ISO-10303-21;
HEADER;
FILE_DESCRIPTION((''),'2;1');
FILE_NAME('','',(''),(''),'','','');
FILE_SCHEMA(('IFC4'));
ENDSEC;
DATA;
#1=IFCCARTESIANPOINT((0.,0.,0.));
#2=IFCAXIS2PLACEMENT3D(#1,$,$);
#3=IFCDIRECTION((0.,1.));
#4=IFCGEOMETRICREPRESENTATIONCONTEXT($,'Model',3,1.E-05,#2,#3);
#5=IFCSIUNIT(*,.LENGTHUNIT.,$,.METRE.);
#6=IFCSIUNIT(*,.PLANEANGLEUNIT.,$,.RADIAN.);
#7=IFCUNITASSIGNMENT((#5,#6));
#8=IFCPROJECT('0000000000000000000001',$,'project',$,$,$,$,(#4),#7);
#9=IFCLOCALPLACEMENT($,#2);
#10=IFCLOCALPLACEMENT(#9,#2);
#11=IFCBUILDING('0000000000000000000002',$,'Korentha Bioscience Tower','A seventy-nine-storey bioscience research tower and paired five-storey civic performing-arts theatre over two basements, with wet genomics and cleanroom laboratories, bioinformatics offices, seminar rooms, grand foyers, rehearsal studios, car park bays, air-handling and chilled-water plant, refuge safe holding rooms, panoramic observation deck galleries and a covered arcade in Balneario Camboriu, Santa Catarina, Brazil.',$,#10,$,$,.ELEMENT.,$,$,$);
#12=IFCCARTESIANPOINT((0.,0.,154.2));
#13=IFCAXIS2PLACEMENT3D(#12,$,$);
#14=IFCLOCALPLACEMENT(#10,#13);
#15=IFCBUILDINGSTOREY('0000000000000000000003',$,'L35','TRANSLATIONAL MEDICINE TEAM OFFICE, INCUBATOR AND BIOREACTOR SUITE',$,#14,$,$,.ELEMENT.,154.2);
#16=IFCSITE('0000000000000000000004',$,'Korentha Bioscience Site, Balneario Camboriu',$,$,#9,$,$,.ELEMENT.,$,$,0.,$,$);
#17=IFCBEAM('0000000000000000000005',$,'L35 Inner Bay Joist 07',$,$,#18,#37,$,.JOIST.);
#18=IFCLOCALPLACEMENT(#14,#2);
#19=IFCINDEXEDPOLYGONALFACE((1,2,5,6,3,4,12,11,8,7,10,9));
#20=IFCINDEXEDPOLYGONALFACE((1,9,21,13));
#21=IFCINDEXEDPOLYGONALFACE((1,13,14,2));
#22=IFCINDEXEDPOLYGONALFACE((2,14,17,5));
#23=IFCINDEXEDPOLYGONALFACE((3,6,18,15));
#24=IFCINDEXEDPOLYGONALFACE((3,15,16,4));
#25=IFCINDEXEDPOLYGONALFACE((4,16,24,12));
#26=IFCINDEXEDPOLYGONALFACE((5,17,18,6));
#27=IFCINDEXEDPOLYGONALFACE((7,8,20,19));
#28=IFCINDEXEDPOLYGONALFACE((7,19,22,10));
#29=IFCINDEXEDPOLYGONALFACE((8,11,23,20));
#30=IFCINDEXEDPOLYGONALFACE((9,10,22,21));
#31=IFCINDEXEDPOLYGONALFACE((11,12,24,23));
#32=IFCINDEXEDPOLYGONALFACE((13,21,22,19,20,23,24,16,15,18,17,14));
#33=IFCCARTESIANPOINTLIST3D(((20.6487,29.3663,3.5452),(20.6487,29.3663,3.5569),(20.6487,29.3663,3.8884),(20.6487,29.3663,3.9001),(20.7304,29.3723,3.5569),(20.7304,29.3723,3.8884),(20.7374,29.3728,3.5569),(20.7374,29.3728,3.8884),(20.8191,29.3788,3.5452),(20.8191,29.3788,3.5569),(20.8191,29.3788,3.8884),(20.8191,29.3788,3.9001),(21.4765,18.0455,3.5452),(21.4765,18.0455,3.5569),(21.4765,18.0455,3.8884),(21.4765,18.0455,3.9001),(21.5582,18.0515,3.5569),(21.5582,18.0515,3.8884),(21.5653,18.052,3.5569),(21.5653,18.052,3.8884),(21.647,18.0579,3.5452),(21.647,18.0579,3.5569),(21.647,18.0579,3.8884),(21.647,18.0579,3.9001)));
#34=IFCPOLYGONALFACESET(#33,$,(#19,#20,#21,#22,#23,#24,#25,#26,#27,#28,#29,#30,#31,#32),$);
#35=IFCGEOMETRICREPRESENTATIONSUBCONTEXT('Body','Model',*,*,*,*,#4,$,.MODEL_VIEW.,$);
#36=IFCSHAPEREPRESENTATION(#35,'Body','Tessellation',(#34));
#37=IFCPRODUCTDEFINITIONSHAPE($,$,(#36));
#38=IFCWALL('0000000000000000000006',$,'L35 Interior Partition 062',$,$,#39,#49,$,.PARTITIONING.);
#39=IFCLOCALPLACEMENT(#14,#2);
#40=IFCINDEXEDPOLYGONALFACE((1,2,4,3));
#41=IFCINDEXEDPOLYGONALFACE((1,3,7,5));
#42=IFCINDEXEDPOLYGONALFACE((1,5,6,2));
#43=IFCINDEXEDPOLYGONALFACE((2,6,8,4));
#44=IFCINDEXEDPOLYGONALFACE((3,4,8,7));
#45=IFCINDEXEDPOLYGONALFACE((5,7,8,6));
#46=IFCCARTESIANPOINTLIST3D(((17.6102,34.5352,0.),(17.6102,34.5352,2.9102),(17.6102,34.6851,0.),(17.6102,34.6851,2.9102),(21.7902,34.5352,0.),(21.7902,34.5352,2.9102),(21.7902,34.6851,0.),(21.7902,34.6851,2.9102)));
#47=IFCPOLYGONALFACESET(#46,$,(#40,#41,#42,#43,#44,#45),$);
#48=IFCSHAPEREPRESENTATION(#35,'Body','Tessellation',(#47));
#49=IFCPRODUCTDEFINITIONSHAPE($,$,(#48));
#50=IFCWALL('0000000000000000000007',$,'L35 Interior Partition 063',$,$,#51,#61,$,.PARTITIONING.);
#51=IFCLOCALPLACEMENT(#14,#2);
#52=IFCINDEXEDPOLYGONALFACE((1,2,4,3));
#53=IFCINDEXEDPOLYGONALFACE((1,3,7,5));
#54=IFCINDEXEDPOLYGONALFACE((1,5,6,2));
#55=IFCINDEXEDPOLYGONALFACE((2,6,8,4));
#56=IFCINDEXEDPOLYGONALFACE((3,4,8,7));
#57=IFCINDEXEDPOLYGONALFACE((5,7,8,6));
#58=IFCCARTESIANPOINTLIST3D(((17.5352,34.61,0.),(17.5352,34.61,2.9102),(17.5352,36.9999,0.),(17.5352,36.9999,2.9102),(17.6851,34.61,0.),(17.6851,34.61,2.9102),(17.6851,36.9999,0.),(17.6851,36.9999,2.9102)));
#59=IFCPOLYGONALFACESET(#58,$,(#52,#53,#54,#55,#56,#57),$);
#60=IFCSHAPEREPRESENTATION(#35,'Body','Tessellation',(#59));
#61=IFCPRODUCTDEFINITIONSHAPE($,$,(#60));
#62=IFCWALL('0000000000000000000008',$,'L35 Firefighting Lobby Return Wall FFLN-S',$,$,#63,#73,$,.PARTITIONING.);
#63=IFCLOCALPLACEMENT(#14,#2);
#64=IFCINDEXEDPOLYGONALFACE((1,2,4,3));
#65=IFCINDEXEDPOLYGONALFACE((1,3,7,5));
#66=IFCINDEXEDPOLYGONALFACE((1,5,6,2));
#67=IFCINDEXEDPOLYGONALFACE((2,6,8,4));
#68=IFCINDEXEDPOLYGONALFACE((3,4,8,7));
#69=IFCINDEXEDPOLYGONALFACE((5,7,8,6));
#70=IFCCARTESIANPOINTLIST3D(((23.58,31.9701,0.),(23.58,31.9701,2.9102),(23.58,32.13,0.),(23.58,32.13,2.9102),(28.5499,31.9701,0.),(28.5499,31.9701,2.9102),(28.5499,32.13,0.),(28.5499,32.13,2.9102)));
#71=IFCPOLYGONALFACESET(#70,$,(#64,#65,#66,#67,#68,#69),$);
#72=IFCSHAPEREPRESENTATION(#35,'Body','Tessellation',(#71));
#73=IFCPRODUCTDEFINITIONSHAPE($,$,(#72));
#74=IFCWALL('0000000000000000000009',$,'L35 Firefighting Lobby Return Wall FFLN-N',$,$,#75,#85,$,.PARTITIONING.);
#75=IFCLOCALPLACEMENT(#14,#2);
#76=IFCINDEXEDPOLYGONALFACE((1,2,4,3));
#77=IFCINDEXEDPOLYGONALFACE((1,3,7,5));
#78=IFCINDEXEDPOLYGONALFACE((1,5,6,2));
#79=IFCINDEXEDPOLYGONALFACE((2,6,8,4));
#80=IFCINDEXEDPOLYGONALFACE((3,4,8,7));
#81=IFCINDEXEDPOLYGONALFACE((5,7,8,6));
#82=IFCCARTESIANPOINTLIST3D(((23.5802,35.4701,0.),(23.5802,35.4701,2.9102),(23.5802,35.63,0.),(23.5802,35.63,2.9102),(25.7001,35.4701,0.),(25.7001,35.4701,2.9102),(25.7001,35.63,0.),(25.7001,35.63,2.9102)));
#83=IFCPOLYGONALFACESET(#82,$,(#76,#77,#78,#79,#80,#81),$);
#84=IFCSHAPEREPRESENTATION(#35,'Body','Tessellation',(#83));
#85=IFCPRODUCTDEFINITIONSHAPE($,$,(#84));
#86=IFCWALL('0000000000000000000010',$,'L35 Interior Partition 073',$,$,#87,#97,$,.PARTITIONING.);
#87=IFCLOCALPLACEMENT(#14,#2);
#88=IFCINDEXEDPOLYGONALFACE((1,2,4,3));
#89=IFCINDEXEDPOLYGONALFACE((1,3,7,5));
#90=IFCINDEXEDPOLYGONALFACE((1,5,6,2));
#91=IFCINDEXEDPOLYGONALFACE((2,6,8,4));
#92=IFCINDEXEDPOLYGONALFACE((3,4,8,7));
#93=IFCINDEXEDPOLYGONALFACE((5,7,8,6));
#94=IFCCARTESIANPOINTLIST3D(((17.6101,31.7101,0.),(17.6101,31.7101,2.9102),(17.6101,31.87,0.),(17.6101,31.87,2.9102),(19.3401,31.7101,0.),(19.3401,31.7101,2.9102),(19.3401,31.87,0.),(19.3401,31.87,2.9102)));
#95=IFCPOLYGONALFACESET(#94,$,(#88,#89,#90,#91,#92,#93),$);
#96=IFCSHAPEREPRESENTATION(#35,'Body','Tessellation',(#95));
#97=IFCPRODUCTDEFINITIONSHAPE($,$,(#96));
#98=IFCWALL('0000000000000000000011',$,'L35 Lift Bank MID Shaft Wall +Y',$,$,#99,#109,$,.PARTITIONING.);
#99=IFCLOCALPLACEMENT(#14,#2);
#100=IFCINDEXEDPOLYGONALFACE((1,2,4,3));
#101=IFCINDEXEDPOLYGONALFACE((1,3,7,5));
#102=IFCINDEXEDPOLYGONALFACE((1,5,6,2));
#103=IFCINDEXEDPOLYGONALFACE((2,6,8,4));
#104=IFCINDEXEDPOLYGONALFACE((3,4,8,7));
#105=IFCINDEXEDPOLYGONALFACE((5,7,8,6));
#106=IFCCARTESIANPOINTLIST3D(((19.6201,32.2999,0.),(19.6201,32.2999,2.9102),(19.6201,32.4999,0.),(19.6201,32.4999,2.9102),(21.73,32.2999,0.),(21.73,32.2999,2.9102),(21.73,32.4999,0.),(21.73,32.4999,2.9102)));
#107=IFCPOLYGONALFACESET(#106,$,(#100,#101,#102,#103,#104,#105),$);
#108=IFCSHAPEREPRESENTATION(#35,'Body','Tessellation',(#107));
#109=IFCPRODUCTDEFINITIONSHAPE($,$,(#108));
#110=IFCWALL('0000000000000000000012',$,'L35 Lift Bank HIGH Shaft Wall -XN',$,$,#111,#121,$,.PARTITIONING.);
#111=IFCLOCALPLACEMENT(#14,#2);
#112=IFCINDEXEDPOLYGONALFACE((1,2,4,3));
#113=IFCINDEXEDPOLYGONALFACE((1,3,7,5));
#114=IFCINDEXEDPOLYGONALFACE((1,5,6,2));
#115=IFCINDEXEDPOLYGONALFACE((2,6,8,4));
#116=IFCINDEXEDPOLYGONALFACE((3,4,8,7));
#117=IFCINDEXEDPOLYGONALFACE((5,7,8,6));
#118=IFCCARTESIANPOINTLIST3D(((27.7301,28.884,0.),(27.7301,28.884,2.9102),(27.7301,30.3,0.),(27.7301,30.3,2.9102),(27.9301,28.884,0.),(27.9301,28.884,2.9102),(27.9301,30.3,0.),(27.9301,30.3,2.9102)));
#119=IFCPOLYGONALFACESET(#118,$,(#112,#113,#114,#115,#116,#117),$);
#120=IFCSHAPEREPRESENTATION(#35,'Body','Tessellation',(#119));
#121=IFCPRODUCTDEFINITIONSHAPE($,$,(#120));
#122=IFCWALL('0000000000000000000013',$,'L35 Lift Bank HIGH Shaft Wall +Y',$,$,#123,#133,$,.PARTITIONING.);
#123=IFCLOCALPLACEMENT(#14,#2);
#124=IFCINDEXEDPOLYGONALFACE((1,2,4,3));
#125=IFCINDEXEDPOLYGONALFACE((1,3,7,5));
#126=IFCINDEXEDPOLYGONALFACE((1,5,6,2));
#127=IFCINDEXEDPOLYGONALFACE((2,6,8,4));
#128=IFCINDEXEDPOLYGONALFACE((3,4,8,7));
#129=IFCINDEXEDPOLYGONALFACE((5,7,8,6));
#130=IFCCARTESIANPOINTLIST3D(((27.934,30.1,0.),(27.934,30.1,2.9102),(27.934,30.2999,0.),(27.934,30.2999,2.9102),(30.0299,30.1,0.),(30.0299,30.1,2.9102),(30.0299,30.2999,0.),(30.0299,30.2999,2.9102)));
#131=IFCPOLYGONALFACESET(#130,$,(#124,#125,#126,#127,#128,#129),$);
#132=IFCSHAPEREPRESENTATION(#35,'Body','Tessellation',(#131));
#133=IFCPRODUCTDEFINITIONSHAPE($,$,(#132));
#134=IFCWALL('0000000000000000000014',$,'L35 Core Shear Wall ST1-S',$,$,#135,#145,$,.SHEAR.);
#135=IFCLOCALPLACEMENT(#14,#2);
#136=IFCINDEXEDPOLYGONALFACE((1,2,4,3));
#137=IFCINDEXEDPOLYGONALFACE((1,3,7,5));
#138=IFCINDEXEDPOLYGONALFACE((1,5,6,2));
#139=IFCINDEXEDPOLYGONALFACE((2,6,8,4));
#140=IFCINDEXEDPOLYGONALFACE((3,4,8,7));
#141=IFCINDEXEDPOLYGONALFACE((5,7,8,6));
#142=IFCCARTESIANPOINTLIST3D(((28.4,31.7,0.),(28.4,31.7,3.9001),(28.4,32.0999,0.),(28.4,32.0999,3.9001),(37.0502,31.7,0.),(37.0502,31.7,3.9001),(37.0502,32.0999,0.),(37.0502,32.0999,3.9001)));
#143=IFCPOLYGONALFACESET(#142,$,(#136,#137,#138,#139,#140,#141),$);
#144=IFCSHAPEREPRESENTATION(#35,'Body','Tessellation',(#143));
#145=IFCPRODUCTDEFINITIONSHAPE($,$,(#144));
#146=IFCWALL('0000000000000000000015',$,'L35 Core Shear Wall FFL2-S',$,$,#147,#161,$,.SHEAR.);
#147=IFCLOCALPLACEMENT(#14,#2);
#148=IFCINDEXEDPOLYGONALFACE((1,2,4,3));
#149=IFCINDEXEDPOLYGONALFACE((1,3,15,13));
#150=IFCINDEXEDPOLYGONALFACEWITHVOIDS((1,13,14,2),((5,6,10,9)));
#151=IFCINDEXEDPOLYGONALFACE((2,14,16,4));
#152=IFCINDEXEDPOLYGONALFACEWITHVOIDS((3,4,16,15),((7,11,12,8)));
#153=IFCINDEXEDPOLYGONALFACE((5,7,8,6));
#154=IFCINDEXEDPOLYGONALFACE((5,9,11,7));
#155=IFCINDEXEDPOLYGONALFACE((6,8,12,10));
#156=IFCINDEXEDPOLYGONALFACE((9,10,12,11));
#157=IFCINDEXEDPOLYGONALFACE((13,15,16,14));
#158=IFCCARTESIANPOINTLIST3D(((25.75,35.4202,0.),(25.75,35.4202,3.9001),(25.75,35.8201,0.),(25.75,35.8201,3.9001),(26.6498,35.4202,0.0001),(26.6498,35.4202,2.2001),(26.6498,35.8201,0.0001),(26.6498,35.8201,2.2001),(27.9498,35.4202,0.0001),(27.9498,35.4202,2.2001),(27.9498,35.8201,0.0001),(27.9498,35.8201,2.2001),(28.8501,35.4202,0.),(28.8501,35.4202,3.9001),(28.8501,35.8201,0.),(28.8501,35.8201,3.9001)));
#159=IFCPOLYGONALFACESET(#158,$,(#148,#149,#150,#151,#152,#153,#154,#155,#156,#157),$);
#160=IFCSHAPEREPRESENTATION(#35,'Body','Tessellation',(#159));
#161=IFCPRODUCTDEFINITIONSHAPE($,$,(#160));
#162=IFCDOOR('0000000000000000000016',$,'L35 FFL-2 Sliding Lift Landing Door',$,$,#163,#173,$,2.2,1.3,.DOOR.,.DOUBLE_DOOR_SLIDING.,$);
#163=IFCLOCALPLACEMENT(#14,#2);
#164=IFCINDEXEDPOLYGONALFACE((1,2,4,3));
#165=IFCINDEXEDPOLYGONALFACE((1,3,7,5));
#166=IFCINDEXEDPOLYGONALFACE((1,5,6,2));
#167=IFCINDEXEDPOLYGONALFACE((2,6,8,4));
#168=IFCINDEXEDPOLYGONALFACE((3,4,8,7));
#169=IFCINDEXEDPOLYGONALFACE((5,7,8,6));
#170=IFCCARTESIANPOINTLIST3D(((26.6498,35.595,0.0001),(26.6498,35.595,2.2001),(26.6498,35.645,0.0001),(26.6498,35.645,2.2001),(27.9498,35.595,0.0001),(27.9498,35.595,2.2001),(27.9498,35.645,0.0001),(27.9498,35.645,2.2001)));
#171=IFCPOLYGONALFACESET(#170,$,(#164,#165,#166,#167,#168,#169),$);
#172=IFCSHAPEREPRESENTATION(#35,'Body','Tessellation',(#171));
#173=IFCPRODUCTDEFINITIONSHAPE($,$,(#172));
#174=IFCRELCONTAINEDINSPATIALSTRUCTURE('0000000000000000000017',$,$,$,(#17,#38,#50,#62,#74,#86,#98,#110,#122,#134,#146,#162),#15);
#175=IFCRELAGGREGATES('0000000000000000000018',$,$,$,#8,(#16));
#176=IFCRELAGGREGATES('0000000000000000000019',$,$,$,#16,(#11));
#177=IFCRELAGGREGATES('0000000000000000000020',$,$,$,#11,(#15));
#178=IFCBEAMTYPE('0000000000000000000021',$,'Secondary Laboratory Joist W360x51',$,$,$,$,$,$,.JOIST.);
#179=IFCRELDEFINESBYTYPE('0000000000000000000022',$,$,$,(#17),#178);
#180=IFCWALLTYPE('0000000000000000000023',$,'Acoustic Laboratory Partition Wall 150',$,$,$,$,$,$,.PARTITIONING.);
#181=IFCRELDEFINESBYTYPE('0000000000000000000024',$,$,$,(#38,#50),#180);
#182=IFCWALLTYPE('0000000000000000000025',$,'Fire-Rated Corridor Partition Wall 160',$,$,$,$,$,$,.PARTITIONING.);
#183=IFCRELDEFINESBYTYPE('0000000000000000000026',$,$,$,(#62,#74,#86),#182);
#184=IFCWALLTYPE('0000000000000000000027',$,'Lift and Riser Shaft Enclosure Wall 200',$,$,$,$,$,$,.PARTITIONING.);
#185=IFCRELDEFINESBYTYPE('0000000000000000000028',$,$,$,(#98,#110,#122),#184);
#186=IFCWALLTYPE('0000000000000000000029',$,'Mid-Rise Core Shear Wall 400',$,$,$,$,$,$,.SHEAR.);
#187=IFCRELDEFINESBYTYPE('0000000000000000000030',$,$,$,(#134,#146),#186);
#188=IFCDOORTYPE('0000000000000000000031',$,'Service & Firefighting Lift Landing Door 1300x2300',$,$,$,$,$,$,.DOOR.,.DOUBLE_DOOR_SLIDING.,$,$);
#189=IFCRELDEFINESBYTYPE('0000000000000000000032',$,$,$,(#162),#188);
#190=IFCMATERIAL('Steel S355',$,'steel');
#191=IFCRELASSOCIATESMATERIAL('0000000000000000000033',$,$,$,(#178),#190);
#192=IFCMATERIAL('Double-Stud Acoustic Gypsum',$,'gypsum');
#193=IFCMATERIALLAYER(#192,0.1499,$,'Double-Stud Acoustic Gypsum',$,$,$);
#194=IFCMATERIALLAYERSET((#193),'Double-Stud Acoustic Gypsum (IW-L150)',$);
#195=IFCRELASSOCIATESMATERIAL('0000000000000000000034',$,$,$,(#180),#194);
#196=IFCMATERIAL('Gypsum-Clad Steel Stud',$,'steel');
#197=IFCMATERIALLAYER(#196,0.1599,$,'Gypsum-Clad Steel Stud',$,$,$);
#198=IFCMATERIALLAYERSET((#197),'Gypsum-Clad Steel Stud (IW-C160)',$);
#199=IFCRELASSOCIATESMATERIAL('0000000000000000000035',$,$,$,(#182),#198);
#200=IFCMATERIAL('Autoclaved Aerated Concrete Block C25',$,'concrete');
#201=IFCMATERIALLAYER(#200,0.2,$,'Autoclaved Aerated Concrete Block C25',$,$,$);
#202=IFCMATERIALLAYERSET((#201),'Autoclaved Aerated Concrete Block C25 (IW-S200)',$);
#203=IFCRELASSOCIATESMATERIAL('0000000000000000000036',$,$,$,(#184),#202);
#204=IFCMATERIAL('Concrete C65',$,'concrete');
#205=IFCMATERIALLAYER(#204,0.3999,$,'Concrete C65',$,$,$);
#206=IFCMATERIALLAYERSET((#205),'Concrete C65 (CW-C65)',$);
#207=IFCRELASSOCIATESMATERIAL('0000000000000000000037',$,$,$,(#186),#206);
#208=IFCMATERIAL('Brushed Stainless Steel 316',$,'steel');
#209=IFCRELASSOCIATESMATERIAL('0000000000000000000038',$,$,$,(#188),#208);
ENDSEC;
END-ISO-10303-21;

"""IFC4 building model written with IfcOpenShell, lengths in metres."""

from ifc_helpers import new_model, si_unit, direction, frame, frame_2d, origin, origin_2d, place, context, subcontext, project, spatial, rectangle, i_section, extrude, material, layer, layer_set, material_profile, profile_set, type_object, element, fill, save


model = new_model("IFC4")

# Units and contexts
model_context = context("Model", 3, precision=1e-05, world=origin(), true_north=direction((0.0, 1.0)))
body_context = subcontext(model_context, "Body", "Model", "MODEL_VIEW")
ifc_project = project(units=[si_unit("LENGTHUNIT", "METRE"), si_unit("PLANEANGLEUNIT", "RADIAN")], contexts=[model_context])

# Site, building, storey
site_placement = place(None, origin())
site = spatial("IfcSite", under=ifc_project, at=site_placement, Name="Korentha Bioscience Site, Balneario Camboriu", CompositionType="ELEMENT", RefElevation=0.0)
building_placement = place(site_placement, origin())
building = spatial("IfcBuilding", under=site, at=building_placement, Name="Korentha Bioscience Tower", Description="A seventy-nine-storey bioscience research tower and paired five-storey civic performing-arts theatre over two basements, with wet genomics and cleanroom laboratories, bioinformatics offices, seminar rooms, grand foyers, rehearsal studios, car park bays, air-handling and chilled-water plant, refuge safe holding rooms, panoramic observation deck galleries and a covered arcade in Balneario Camboriu, Santa Catarina, Brazil.", CompositionType="ELEMENT")
storey_placement = place(building_placement, frame((0.0, 0.0, 154.2)))
storey = spatial("IfcBuildingStorey", under=building, at=storey_placement, Name="L35", Description="TRANSLATIONAL MEDICINE TEAM OFFICE, INCUBATOR AND BIOREACTOR SUITE", CompositionType="ELEMENT", Elevation=154.2)

# Shared definitions
ifc_material_1 = material(Name="Concrete C65", Category="concrete")

# Beam
ifc_material_2 = material(Name="Steel S355", Category="steel")
ifc_material_profile_1 = material_profile(ifc_material_2, i_section(OverallWidth=0.1709, OverallDepth=0.355, WebThickness=0.0071, FlangeThickness=0.0117, at=origin_2d()), Name="Steel S355")
ifc_profile_set_1 = profile_set([ifc_material_profile_1], Name="Steel S355 (JB-360)")
beam_type_1 = type_object("IfcBeamType", Name="Secondary Laboratory Joist W360x51", PredefinedType="JOIST", material=ifc_profile_set_1)
beam_1_placement = place(storey_placement, frame((20.7339, 29.3726, 3.7227), z_axis=(0.072934, -0.997337, 0.0), x_axis=(0.997337, 0.072934, 0.0)))
element("IfcBeam", 1, at=beam_1_placement, inside=storey, type_object=beam_type_1, Name="L35 Inner Bay Joist 07", PredefinedType="JOIST", context=body_context, shape_type="SweptSolid", body=[
    extrude(i_section(OverallWidth=0.1709, OverallDepth=0.355, WebThickness=0.0071, FlangeThickness=0.0117, at=origin_2d()), origin(), (0.0, 0.0, 1.0), 11.3511),
])

# Walls
ifc_material_3 = material(Name="Double-Stud Acoustic Gypsum", Category="gypsum")
ifc_layer_1 = layer(ifc_material_3, 0.1499, Name="Double-Stud Acoustic Gypsum")
ifc_layer_set_1 = layer_set([ifc_layer_1], Name="Double-Stud Acoustic Gypsum (IW-L150)")
wall_type_1 = type_object("IfcWallType", Name="Acoustic Laboratory Partition Wall 150", PredefinedType="PARTITIONING", material=ifc_layer_set_1)
wall_1_placement = place(storey_placement, frame((21.79, 34.6101, 0.0), z_axis=(0.0, 0.0, 1.0), x_axis=(-1.0, 0.0, 0.0)))
element("IfcWall", 2, at=wall_1_placement, inside=storey, type_object=wall_type_1, Name="L35 Interior Partition 062", PredefinedType="PARTITIONING", context=body_context, shape_type="SweptSolid", body=[
    extrude(rectangle(XDim=4.1799, YDim=0.1499, at=frame_2d((2.0898, 0.0))), origin(), (0.0, 0.0, 1.0), 2.9102),
])
wall_2_placement = place(storey_placement, frame((17.6101, 34.6101, 0.0), z_axis=(0.0, 0.0, 1.0), x_axis=(0.0, 1.0, 0.0)))
element("IfcWall", 3, at=wall_2_placement, inside=storey, type_object=wall_type_1, Name="L35 Interior Partition 063", PredefinedType="PARTITIONING", context=body_context, shape_type="SweptSolid", body=[
    extrude(rectangle(XDim=2.3899, YDim=0.1499, at=frame_2d((1.1948, 0.0))), origin(), (0.0, 0.0, 1.0), 2.9102),
])

# Shared definitions
ifc_material_4 = material(Name="Gypsum-Clad Steel Stud", Category="steel")
ifc_layer_2 = layer(ifc_material_4, 0.1599, Name="Gypsum-Clad Steel Stud")
ifc_layer_set_2 = layer_set([ifc_layer_2], Name="Gypsum-Clad Steel Stud (IW-C160)")
wall_type_2 = type_object("IfcWallType", Name="Fire-Rated Corridor Partition Wall 160", PredefinedType="PARTITIONING", material=ifc_layer_set_2)

# Walls
wall_3_placement = place(storey_placement, frame((23.5801, 32.05, 0.0), z_axis=(0.0, 0.0, 1.0), x_axis=(1.0, 0.0, 0.0)))
element("IfcWall", 4, at=wall_3_placement, inside=storey, type_object=wall_type_2, Name="L35 Firefighting Lobby Return Wall FFLN-S", PredefinedType="PARTITIONING", context=body_context, shape_type="SweptSolid", body=[
    extrude(rectangle(XDim=4.97, YDim=0.1599, at=frame_2d((2.4849, 0.0))), origin(), (0.0, 0.0, 1.0), 2.9102),
])
wall_4_placement = place(storey_placement, frame((23.5801, 35.55, 0.0), z_axis=(0.0, 0.0, 1.0), x_axis=(1.0, 0.0, 0.0)))
element("IfcWall", 5, at=wall_4_placement, inside=storey, type_object=wall_type_2, Name="L35 Firefighting Lobby Return Wall FFLN-N", PredefinedType="PARTITIONING", context=body_context, shape_type="SweptSolid", body=[
    extrude(rectangle(XDim=2.1199, YDim=0.1599, at=frame_2d((1.0601, 0.0))), origin(), (0.0, 0.0, 1.0), 2.9102),
])
wall_5_placement = place(storey_placement, frame((17.6101, 31.79, 0.0), z_axis=(0.0, 0.0, 1.0), x_axis=(1.0, 0.0, 0.0)))
element("IfcWall", 6, at=wall_5_placement, inside=storey, type_object=wall_type_2, Name="L35 Interior Partition 073", PredefinedType="PARTITIONING", context=body_context, shape_type="SweptSolid", body=[
    extrude(rectangle(XDim=1.73, YDim=0.1599, at=frame_2d((0.865, 0.0))), origin(), (0.0, 0.0, 1.0), 2.9102),
])
ifc_material_5 = material(Name="Autoclaved Aerated Concrete Block C25", Category="concrete")
ifc_layer_3 = layer(ifc_material_5, 0.2, Name="Autoclaved Aerated Concrete Block C25")
ifc_layer_set_3 = layer_set([ifc_layer_3], Name="Autoclaved Aerated Concrete Block C25 (IW-S200)")
wall_type_3 = type_object("IfcWallType", Name="Lift and Riser Shaft Enclosure Wall 200", PredefinedType="PARTITIONING", material=ifc_layer_set_3)
wall_6_placement = place(storey_placement, frame((19.6201, 32.3999, 0.0), z_axis=(0.0, 0.0, 1.0), x_axis=(1.0, 0.0, 0.0)))
element("IfcWall", 7, at=wall_6_placement, inside=storey, type_object=wall_type_3, Name="L35 Lift Bank MID Shaft Wall +Y", PredefinedType="PARTITIONING", context=body_context, shape_type="SweptSolid", body=[
    extrude(rectangle(XDim=2.1099, YDim=0.2, at=frame_2d((1.0549, 0.0))), origin(), (0.0, 0.0, 1.0), 2.9102),
])
wall_7_placement = place(storey_placement, frame((27.8301, 28.884, 0.0), z_axis=(0.0, 0.0, 1.0), x_axis=(0.0, 1.0, 0.0)))
element("IfcWall", 8, at=wall_7_placement, inside=storey, type_object=wall_type_3, Name="L35 Lift Bank HIGH Shaft Wall -XN", PredefinedType="PARTITIONING", context=body_context, shape_type="SweptSolid", body=[
    extrude(rectangle(XDim=1.416, YDim=0.2, at=frame_2d((0.708, 0.0))), origin(), (0.0, 0.0, 1.0), 2.9102),
])
wall_8_placement = place(storey_placement, frame((27.9341, 30.2, 0.0), z_axis=(0.0, 0.0, 1.0), x_axis=(1.0, 0.0, 0.0)))
element("IfcWall", 9, at=wall_8_placement, inside=storey, type_object=wall_type_3, Name="L35 Lift Bank HIGH Shaft Wall +Y", PredefinedType="PARTITIONING", context=body_context, shape_type="SweptSolid", body=[
    extrude(rectangle(XDim=2.0959, YDim=0.2, at=frame_2d((1.0479, 0.0))), origin(), (0.0, 0.0, 1.0), 2.9102),
])
ifc_layer_4 = layer(ifc_material_1, 0.3999, Name="Concrete C65")
ifc_layer_set_4 = layer_set([ifc_layer_4], Name="Concrete C65 (CW-C65)")
wall_type_4 = type_object("IfcWallType", Name="Mid-Rise Core Shear Wall 400", PredefinedType="SHEAR", material=ifc_layer_set_4)
wall_9_placement = place(storey_placement, frame((28.3999, 31.8999, 0.0), z_axis=(0.0, 0.0, 1.0), x_axis=(1.0, 0.0, 0.0)))
element("IfcWall", 10, at=wall_9_placement, inside=storey, type_object=wall_type_4, Name="L35 Core Shear Wall ST1-S", PredefinedType="SHEAR", context=body_context, shape_type="SweptSolid", body=[
    extrude(rectangle(XDim=8.6501, YDim=0.3999, at=frame_2d((4.3252, 0.0))), origin(), (0.0, 0.0, 1.0), 3.9001),
])

# Wall, opening, door
wall_10_placement = place(storey_placement, frame((25.75, 35.6201, 0.0), z_axis=(0.0, 0.0, 1.0), x_axis=(1.0, 0.0, 0.0)))
wall_10 = element("IfcWall", 11, at=wall_10_placement, inside=storey, type_object=wall_type_4, Name="L35 Core Shear Wall FFL2-S", PredefinedType="SHEAR", context=body_context, shape_type="SweptSolid", body=[
    extrude(rectangle(XDim=3.1001, YDim=0.3999, at=frame_2d((1.55, 0.0))), origin(), (0.0, 0.0, 1.0), 3.9001),
])
opening_1_placement = place(wall_10_placement, frame((0.8999, 0.0, 0.0)))
opening_1 = element("IfcOpeningElement", 12, at=opening_1_placement, cuts=wall_10, PredefinedType="OPENING", context=body_context, shape_type="SweptSolid", body=[
    extrude(rectangle(XDim=1.3, YDim=2.2, at=frame_2d((0.6499, 1.1001))), frame((0.0, 0.2148, 0.0), z_axis=(0.0, -1.0, 0.0), x_axis=(1.0, 0.0, 0.0)), (0.0, 0.0, 1.0), 0.4297),
])
ifc_material_6 = material(Name="Brushed Stainless Steel 316", Category="steel")
door_type_1 = type_object("IfcDoorType", Name="Service & Firefighting Lift Landing Door 1300x2300", OperationType="DOUBLE_DOOR_SLIDING", PredefinedType="DOOR", material=ifc_material_6)
door_1_placement = place(opening_1_placement, origin())
door_1 = element("IfcDoor", 13, at=door_1_placement, inside=storey, type_object=door_type_1, Name="L35 FFL-2 Sliding Lift Landing Door", OperationType="DOUBLE_DOOR_SLIDING", OverallHeight=2.2, OverallWidth=1.3, PredefinedType="DOOR", context=body_context, shape_type="SweptSolid", body=[
    extrude(rectangle(XDim=1.3, YDim=2.2, at=frame_2d((0.6499, 1.1001))), frame((0.0, 0.0249, 0.0), z_axis=(0.0, -1.0, 0.0), x_axis=(1.0, 0.0, 0.0)), (0.0, 0.0, 1.0), 0.05),
])
fill(opening_1, door_1)

save(model, "model.ifc")
